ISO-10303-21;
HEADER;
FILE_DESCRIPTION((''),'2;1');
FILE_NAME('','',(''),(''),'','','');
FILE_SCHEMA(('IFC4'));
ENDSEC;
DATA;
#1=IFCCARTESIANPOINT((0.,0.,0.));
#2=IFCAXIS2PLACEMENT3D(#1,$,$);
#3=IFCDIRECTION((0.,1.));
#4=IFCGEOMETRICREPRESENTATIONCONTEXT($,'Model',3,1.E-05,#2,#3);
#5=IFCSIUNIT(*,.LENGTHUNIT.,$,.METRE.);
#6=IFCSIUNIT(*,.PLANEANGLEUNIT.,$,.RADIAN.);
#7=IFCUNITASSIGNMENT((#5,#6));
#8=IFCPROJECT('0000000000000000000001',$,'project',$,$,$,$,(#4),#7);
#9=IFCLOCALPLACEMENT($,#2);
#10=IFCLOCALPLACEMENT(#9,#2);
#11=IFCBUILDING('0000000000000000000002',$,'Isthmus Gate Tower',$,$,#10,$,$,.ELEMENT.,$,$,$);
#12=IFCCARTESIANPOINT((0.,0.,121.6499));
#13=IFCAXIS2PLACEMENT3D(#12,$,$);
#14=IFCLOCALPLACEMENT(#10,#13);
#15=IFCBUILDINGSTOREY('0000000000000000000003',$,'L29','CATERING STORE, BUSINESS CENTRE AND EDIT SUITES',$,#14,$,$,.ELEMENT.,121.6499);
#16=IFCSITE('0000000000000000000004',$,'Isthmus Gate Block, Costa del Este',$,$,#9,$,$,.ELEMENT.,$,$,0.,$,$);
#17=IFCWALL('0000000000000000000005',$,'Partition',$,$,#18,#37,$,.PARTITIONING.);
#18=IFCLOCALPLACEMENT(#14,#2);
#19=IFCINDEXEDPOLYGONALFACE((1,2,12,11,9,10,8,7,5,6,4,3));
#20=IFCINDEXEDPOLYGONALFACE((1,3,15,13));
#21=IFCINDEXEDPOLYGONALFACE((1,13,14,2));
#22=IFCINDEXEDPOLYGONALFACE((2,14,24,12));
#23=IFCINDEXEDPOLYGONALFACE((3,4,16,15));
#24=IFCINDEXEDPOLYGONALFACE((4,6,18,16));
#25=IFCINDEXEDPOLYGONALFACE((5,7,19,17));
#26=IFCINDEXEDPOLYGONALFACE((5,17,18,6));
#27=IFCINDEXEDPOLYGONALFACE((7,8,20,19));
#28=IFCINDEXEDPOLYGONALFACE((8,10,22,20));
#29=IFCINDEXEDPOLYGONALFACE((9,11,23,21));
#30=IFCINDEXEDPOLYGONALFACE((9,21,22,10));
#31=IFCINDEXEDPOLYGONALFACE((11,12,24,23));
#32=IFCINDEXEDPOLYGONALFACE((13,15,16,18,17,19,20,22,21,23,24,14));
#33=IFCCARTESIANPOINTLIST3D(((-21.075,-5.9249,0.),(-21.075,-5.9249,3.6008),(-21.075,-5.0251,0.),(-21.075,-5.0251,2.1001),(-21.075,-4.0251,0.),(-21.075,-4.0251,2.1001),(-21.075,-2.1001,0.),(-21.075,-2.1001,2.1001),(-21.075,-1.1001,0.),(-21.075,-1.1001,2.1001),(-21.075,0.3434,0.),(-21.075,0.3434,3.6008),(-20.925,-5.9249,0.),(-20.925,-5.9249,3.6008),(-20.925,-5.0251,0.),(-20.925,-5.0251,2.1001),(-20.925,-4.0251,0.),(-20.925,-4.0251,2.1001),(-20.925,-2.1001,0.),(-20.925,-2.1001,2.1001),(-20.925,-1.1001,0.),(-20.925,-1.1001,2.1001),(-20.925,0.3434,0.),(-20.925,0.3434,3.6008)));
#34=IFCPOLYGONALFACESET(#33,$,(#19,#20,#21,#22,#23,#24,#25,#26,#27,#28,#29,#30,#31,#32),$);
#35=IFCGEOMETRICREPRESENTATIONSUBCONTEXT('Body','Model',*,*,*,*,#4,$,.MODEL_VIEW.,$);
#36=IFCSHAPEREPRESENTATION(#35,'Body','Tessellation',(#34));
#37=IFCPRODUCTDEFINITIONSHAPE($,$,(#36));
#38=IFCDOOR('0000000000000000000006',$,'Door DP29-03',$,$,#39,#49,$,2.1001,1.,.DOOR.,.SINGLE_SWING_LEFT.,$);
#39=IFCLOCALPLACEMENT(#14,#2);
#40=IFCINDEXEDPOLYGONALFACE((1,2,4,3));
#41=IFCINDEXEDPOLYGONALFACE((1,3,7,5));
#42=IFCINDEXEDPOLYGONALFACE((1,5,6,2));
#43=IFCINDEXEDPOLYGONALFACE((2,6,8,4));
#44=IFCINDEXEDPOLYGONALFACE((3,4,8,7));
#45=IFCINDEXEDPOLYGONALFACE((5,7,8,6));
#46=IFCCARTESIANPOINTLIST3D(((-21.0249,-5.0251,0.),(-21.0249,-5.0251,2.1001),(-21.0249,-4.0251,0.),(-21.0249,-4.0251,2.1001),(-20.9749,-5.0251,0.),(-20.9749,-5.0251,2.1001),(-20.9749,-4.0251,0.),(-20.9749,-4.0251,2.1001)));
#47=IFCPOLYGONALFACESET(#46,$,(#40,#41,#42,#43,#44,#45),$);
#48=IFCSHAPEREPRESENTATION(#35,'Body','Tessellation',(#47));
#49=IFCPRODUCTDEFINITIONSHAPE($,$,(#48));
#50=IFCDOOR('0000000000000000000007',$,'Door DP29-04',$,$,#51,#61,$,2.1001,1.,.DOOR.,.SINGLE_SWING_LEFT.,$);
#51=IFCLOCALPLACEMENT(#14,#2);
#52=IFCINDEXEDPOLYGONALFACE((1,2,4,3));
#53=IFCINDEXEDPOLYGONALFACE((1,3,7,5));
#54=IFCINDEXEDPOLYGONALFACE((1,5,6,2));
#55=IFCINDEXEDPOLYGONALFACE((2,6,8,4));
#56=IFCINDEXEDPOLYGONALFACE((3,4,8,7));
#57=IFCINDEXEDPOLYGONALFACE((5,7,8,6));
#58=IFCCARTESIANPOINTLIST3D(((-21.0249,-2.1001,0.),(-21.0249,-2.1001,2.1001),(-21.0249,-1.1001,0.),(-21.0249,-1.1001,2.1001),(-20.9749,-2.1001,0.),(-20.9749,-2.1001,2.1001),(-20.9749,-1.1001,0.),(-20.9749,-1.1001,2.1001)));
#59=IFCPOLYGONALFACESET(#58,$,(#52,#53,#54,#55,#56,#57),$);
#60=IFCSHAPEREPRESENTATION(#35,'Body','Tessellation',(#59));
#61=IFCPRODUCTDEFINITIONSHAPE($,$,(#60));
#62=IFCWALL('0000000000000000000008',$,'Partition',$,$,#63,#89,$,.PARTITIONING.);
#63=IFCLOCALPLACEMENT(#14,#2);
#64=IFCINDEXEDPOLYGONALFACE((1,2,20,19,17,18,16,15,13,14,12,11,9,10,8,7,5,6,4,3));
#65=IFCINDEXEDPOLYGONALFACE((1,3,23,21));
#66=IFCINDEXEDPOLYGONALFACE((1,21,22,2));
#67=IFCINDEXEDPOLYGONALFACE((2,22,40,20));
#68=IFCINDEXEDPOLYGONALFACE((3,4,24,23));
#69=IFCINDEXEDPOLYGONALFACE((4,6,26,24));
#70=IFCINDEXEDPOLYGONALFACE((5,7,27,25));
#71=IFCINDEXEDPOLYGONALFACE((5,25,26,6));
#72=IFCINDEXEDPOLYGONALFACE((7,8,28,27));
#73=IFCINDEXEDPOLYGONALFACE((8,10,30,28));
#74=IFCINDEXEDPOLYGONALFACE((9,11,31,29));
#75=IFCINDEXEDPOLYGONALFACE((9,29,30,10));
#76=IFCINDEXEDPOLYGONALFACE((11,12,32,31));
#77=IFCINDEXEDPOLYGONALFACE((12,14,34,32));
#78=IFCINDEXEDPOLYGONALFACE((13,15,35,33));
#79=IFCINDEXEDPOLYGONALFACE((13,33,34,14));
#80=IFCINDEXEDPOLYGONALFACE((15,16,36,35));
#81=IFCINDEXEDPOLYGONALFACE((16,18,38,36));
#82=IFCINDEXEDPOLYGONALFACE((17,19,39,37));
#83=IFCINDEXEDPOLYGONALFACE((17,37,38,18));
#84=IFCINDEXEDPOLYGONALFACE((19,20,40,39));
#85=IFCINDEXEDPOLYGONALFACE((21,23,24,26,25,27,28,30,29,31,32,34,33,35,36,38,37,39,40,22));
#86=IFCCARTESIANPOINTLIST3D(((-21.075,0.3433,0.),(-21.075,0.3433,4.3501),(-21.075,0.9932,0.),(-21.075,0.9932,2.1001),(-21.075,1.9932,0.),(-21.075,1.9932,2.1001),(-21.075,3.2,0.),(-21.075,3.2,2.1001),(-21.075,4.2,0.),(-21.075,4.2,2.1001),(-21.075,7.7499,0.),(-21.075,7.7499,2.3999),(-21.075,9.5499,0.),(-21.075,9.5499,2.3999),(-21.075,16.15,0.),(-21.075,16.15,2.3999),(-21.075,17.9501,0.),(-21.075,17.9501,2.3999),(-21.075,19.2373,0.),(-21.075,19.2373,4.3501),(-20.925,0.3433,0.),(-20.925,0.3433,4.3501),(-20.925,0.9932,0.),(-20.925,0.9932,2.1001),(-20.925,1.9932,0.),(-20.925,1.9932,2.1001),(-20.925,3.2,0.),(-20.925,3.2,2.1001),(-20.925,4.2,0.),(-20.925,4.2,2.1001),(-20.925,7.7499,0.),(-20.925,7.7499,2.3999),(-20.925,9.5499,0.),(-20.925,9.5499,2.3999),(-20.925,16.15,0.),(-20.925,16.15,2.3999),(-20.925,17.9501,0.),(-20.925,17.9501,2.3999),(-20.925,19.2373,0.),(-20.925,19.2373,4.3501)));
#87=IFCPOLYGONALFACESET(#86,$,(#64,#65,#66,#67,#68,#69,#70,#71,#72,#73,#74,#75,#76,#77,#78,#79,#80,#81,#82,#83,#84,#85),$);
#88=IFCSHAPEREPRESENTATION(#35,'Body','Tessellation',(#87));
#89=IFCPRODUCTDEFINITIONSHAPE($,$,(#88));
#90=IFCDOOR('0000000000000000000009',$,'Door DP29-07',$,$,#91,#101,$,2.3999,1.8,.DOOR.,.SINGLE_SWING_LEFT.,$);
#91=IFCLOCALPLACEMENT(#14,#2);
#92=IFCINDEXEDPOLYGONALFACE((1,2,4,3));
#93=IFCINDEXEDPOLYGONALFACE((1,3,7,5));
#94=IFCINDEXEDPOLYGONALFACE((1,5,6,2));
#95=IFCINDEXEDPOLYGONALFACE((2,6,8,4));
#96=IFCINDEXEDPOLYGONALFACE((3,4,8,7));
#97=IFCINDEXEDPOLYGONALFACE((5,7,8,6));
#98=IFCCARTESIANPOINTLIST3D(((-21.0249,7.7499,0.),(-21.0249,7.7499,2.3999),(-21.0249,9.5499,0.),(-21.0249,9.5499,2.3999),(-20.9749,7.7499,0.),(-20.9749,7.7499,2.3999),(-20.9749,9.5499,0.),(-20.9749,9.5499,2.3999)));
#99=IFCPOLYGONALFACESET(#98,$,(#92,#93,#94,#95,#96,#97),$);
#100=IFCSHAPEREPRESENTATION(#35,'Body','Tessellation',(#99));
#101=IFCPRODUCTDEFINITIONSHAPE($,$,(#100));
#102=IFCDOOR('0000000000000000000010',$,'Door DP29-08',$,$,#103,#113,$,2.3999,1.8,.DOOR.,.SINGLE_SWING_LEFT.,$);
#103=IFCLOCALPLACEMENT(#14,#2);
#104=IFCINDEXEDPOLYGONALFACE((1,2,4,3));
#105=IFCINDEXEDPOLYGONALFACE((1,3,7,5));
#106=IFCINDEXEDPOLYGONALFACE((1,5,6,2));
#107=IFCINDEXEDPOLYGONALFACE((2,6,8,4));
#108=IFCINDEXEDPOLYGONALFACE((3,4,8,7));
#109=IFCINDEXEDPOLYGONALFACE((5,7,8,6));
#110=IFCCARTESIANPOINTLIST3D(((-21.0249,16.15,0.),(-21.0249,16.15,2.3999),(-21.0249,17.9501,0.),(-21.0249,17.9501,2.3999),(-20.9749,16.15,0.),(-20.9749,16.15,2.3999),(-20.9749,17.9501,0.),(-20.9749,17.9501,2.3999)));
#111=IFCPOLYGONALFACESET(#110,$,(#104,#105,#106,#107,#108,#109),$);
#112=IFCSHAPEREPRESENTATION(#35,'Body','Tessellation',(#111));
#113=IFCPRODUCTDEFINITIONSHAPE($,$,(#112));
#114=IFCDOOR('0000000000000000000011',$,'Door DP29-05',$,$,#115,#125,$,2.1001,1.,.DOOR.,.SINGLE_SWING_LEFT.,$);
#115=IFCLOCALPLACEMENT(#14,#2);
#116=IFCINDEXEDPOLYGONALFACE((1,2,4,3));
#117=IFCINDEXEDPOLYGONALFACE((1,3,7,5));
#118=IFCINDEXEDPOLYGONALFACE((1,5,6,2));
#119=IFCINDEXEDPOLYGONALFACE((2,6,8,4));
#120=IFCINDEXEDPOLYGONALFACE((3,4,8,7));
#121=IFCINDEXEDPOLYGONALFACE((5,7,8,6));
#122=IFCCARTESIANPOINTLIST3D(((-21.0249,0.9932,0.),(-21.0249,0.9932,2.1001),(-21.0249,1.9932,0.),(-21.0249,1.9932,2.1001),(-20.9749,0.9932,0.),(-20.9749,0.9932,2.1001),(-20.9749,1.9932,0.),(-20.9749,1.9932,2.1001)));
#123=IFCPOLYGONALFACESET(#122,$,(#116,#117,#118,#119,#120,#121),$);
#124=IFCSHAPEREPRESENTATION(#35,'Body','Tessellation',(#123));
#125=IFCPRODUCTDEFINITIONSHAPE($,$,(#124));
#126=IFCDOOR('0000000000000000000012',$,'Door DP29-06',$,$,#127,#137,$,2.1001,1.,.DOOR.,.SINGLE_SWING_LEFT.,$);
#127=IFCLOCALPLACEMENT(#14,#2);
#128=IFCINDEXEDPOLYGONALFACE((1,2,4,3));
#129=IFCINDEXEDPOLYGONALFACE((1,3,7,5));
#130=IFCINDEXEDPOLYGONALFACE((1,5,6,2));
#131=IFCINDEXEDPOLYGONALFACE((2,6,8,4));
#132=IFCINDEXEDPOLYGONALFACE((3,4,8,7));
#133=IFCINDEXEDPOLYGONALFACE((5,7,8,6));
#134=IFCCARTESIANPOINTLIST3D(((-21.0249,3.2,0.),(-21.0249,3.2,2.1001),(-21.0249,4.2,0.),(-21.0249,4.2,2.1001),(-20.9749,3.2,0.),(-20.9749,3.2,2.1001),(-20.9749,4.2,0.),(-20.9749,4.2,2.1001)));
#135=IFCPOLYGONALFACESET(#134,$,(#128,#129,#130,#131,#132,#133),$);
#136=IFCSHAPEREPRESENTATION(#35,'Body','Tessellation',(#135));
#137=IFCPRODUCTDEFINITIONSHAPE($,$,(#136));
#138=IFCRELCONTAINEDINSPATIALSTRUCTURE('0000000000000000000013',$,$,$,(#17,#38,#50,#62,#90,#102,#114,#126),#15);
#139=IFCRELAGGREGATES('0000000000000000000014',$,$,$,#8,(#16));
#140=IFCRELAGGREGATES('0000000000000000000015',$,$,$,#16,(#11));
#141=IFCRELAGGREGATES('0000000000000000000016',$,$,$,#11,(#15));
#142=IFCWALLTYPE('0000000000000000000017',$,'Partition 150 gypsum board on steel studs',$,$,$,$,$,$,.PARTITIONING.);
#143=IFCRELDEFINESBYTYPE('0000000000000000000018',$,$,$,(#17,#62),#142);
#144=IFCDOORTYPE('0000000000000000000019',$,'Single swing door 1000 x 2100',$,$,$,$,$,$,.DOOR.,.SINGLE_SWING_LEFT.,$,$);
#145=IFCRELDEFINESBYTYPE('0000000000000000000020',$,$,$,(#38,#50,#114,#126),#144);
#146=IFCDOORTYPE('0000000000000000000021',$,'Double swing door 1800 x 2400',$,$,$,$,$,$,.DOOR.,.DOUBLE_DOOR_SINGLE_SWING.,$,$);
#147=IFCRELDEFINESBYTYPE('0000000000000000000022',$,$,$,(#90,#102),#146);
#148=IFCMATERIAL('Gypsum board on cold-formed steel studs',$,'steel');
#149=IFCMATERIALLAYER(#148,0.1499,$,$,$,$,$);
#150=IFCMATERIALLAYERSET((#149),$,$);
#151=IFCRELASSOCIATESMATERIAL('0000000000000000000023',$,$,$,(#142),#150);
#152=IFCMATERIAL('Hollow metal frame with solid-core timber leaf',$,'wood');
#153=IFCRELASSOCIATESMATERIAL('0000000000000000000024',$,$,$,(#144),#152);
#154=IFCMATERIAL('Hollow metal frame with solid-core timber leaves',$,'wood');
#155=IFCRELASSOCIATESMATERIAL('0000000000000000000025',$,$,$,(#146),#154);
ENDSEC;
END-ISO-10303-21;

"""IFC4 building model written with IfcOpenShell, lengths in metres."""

from ifc_helpers import new_model, si_unit, direction, frame, frame_2d, origin, place, context, subcontext, project, spatial, rectangle, extrude, material, layer, layer_set, type_object, element, fill, save


model = new_model("IFC4")

# Units and contexts
model_context = context("Model", 3, precision=1e-05, world=origin(), true_north=direction((0.0, 1.0)))
body_context = subcontext(model_context, "Body", "Model", "MODEL_VIEW")
ifc_project = project(units=[si_unit("LENGTHUNIT", "METRE"), si_unit("PLANEANGLEUNIT", "RADIAN")], contexts=[model_context])

# Site, building, storey
site_placement = place(None, origin())
site = spatial("IfcSite", under=ifc_project, at=site_placement, Name="Isthmus Gate Block, Costa del Este", CompositionType="ELEMENT", RefElevation=0.0)
building_placement = place(site_placement, origin())
building = spatial("IfcBuilding", under=site, at=building_placement, Name="Isthmus Gate Tower", CompositionType="ELEMENT")
storey_placement = place(building_placement, frame((0.0, 0.0, 121.6499)))
storey = spatial("IfcBuildingStorey", under=building, at=storey_placement, Name="L29", Description="CATERING STORE, BUSINESS CENTRE AND EDIT SUITES", CompositionType="ELEMENT", Elevation=121.6499)

# Walls, openings, doors
ifc_material_1 = material(Name="Gypsum board on cold-formed steel studs", Category="steel")
ifc_layer_1 = layer(ifc_material_1, 0.1499)
ifc_layer_set_1 = layer_set([ifc_layer_1])
wall_type_1 = type_object("IfcWallType", Name="Partition 150 gypsum board on steel studs", PredefinedType="PARTITIONING", material=ifc_layer_set_1)
wall_1_placement = place(storey_placement, frame((-21.0, -5.925, 0.0), z_axis=(0.0, 0.0, 1.0), x_axis=(0.0, 1.0, 0.0)))
wall_1 = element("IfcWall", 1, at=wall_1_placement, inside=storey, type_object=wall_type_1, Name="Partition", PredefinedType="PARTITIONING", context=body_context, shape_type="SweptSolid", body=[
    extrude(rectangle(XDim=6.2683, YDim=0.1499, at=frame_2d((3.1343, 0.0))), origin(), (0.0, 0.0, 1.0), 3.6008),
])
opening_1_placement = place(wall_1_placement, frame((0.8999, 0.0, 0.0)))
opening_1 = element("IfcOpeningElement", 2, at=opening_1_placement, cuts=wall_1, PredefinedType="OPENING", context=body_context, shape_type="SweptSolid", body=[
    extrude(rectangle(XDim=1.0, YDim=2.1001, at=frame_2d((0.5, 1.05))), frame((0.0, 0.085, 0.0), z_axis=(0.0, -1.0, 0.0), x_axis=(1.0, 0.0, 0.0)), (0.0, 0.0, 1.0), 0.1699),
])
opening_2_placement = place(wall_1_placement, frame((3.825, 0.0, 0.0)))
opening_2 = element("IfcOpeningElement", 3, at=opening_2_placement, cuts=wall_1, PredefinedType="OPENING", context=body_context, shape_type="SweptSolid", body=[
    extrude(rectangle(XDim=1.0, YDim=2.1001, at=frame_2d((0.5, 1.05))), frame((0.0, 0.085, 0.0), z_axis=(0.0, -1.0, 0.0), x_axis=(1.0, 0.0, 0.0)), (0.0, 0.0, 1.0), 0.1699),
])
ifc_material_2 = material(Name="Hollow metal frame with solid-core timber leaf", Category="wood")
door_type_1 = type_object("IfcDoorType", Name="Single swing door 1000 x 2100", OperationType="SINGLE_SWING_LEFT", PredefinedType="DOOR", material=ifc_material_2)
door_1_placement = place(opening_1_placement, origin())
door_1 = element("IfcDoor", 4, at=door_1_placement, inside=storey, type_object=door_type_1, Name="Door DP29-03", OperationType="SINGLE_SWING_LEFT", OverallHeight=2.1001, OverallWidth=1.0, PredefinedType="DOOR", context=body_context, shape_type="SweptSolid", body=[
    extrude(rectangle(XDim=1.0, YDim=2.1001, at=frame_2d((0.5, 1.05))), frame((0.0, 0.0249, 0.0), z_axis=(0.0, -1.0, 0.0), x_axis=(1.0, 0.0, 0.0)), (0.0, 0.0, 1.0), 0.05),
])
fill(opening_1, door_1)
door_2_placement = place(opening_2_placement, origin())
door_2 = element("IfcDoor", 5, at=door_2_placement, inside=storey, type_object=door_type_1, Name="Door DP29-04", OperationType="SINGLE_SWING_LEFT", OverallHeight=2.1001, OverallWidth=1.0, PredefinedType="DOOR", context=body_context, shape_type="SweptSolid", body=[
    extrude(rectangle(XDim=1.0, YDim=2.1001, at=frame_2d((0.5, 1.05))), frame((0.0, 0.0249, 0.0), z_axis=(0.0, -1.0, 0.0), x_axis=(1.0, 0.0, 0.0)), (0.0, 0.0, 1.0), 0.05),
])
fill(opening_2, door_2)
wall_2_placement = place(storey_placement, frame((-21.0, 0.3433, 0.0), z_axis=(0.0, 0.0, 1.0), x_axis=(0.0, 1.0, 0.0)))
wall_2 = element("IfcWall", 6, at=wall_2_placement, inside=storey, type_object=wall_type_1, Name="Partition", PredefinedType="PARTITIONING", context=body_context, shape_type="SweptSolid", body=[
    extrude(rectangle(XDim=18.894, YDim=0.1499, at=frame_2d((9.447, 0.0))), origin(), (0.0, 0.0, 1.0), 4.3501),
])
opening_3_placement = place(wall_2_placement, frame((0.6499, 0.0, 0.0)))
opening_3 = element("IfcOpeningElement", 7, at=opening_3_placement, cuts=wall_2, PredefinedType="OPENING", context=body_context, shape_type="SweptSolid", body=[
    extrude(rectangle(XDim=1.0, YDim=2.1001, at=frame_2d((0.5, 1.05))), frame((0.0, 0.085, 0.0), z_axis=(0.0, -1.0, 0.0), x_axis=(1.0, 0.0, 0.0)), (0.0, 0.0, 1.0), 0.1699),
])
opening_4_placement = place(wall_2_placement, frame((2.8567, 0.0, 0.0)))
opening_4 = element("IfcOpeningElement", 8, at=opening_4_placement, cuts=wall_2, PredefinedType="OPENING", context=body_context, shape_type="SweptSolid", body=[
    extrude(rectangle(XDim=1.0, YDim=2.1001, at=frame_2d((0.5, 1.05))), frame((0.0, 0.085, 0.0), z_axis=(0.0, -1.0, 0.0), x_axis=(1.0, 0.0, 0.0)), (0.0, 0.0, 1.0), 0.1699),
])
opening_5_placement = place(wall_2_placement, frame((7.4067, 0.0, 0.0)))
opening_5 = element("IfcOpeningElement", 9, at=opening_5_placement, cuts=wall_2, PredefinedType="OPENING", context=body_context, shape_type="SweptSolid", body=[
    extrude(rectangle(XDim=1.8, YDim=2.3999, at=frame_2d((0.8999, 1.2))), frame((0.0, 0.085, 0.0), z_axis=(0.0, -1.0, 0.0), x_axis=(1.0, 0.0, 0.0)), (0.0, 0.0, 1.0), 0.1699),
])
opening_6_placement = place(wall_2_placement, frame((15.8069, 0.0, 0.0)))
opening_6 = element("IfcOpeningElement", 10, at=opening_6_placement, cuts=wall_2, PredefinedType="OPENING", context=body_context, shape_type="SweptSolid", body=[
    extrude(rectangle(XDim=1.8, YDim=2.3999, at=frame_2d((0.8999, 1.2))), frame((0.0, 0.085, 0.0), z_axis=(0.0, -1.0, 0.0), x_axis=(1.0, 0.0, 0.0)), (0.0, 0.0, 1.0), 0.1699),
])
ifc_material_3 = material(Name="Hollow metal frame with solid-core timber leaves", Category="wood")
door_type_2 = type_object("IfcDoorType", Name="Double swing door 1800 x 2400", OperationType="DOUBLE_DOOR_SINGLE_SWING", PredefinedType="DOOR", material=ifc_material_3)
door_3_placement = place(opening_5_placement, origin())
door_3 = element("IfcDoor", 11, at=door_3_placement, inside=storey, type_object=door_type_2, Name="Door DP29-07", OperationType="SINGLE_SWING_LEFT", OverallHeight=2.3999, OverallWidth=1.8, PredefinedType="DOOR", context=body_context, shape_type="SweptSolid", body=[
    extrude(rectangle(XDim=1.8, YDim=2.3999, at=frame_2d((0.8999, 1.2))), frame((0.0, 0.0249, 0.0), z_axis=(0.0, -1.0, 0.0), x_axis=(1.0, 0.0, 0.0)), (0.0, 0.0, 1.0), 0.05),
])
fill(opening_5, door_3)
door_4_placement = place(opening_6_placement, origin())
door_4 = element("IfcDoor", 12, at=door_4_placement, inside=storey, type_object=door_type_2, Name="Door DP29-08", OperationType="SINGLE_SWING_LEFT", OverallHeight=2.3999, OverallWidth=1.8, PredefinedType="DOOR", context=body_context, shape_type="SweptSolid", body=[
    extrude(rectangle(XDim=1.8, YDim=2.3999, at=frame_2d((0.8999, 1.2))), frame((0.0, 0.0249, 0.0), z_axis=(0.0, -1.0, 0.0), x_axis=(1.0, 0.0, 0.0)), (0.0, 0.0, 1.0), 0.05),
])
fill(opening_6, door_4)
door_5_placement = place(opening_3_placement, origin())
door_5 = element("IfcDoor", 13, at=door_5_placement, inside=storey, type_object=door_type_1, Name="Door DP29-05", OperationType="SINGLE_SWING_LEFT", OverallHeight=2.1001, OverallWidth=1.0, PredefinedType="DOOR", context=body_context, shape_type="SweptSolid", body=[
    extrude(rectangle(XDim=1.0, YDim=2.1001, at=frame_2d((0.5, 1.05))), frame((0.0, 0.0249, 0.0), z_axis=(0.0, -1.0, 0.0), x_axis=(1.0, 0.0, 0.0)), (0.0, 0.0, 1.0), 0.05),
])
fill(opening_3, door_5)
door_6_placement = place(opening_4_placement, origin())
door_6 = element("IfcDoor", 14, at=door_6_placement, inside=storey, type_object=door_type_1, Name="Door DP29-06", OperationType="SINGLE_SWING_LEFT", OverallHeight=2.1001, OverallWidth=1.0, PredefinedType="DOOR", context=body_context, shape_type="SweptSolid", body=[
    extrude(rectangle(XDim=1.0, YDim=2.1001, at=frame_2d((0.5, 1.05))), frame((0.0, 0.0249, 0.0), z_axis=(0.0, -1.0, 0.0), x_axis=(1.0, 0.0, 0.0)), (0.0, 0.0, 1.0), 0.05),
])
fill(opening_4, door_6)

save(model, "model.ifc")
